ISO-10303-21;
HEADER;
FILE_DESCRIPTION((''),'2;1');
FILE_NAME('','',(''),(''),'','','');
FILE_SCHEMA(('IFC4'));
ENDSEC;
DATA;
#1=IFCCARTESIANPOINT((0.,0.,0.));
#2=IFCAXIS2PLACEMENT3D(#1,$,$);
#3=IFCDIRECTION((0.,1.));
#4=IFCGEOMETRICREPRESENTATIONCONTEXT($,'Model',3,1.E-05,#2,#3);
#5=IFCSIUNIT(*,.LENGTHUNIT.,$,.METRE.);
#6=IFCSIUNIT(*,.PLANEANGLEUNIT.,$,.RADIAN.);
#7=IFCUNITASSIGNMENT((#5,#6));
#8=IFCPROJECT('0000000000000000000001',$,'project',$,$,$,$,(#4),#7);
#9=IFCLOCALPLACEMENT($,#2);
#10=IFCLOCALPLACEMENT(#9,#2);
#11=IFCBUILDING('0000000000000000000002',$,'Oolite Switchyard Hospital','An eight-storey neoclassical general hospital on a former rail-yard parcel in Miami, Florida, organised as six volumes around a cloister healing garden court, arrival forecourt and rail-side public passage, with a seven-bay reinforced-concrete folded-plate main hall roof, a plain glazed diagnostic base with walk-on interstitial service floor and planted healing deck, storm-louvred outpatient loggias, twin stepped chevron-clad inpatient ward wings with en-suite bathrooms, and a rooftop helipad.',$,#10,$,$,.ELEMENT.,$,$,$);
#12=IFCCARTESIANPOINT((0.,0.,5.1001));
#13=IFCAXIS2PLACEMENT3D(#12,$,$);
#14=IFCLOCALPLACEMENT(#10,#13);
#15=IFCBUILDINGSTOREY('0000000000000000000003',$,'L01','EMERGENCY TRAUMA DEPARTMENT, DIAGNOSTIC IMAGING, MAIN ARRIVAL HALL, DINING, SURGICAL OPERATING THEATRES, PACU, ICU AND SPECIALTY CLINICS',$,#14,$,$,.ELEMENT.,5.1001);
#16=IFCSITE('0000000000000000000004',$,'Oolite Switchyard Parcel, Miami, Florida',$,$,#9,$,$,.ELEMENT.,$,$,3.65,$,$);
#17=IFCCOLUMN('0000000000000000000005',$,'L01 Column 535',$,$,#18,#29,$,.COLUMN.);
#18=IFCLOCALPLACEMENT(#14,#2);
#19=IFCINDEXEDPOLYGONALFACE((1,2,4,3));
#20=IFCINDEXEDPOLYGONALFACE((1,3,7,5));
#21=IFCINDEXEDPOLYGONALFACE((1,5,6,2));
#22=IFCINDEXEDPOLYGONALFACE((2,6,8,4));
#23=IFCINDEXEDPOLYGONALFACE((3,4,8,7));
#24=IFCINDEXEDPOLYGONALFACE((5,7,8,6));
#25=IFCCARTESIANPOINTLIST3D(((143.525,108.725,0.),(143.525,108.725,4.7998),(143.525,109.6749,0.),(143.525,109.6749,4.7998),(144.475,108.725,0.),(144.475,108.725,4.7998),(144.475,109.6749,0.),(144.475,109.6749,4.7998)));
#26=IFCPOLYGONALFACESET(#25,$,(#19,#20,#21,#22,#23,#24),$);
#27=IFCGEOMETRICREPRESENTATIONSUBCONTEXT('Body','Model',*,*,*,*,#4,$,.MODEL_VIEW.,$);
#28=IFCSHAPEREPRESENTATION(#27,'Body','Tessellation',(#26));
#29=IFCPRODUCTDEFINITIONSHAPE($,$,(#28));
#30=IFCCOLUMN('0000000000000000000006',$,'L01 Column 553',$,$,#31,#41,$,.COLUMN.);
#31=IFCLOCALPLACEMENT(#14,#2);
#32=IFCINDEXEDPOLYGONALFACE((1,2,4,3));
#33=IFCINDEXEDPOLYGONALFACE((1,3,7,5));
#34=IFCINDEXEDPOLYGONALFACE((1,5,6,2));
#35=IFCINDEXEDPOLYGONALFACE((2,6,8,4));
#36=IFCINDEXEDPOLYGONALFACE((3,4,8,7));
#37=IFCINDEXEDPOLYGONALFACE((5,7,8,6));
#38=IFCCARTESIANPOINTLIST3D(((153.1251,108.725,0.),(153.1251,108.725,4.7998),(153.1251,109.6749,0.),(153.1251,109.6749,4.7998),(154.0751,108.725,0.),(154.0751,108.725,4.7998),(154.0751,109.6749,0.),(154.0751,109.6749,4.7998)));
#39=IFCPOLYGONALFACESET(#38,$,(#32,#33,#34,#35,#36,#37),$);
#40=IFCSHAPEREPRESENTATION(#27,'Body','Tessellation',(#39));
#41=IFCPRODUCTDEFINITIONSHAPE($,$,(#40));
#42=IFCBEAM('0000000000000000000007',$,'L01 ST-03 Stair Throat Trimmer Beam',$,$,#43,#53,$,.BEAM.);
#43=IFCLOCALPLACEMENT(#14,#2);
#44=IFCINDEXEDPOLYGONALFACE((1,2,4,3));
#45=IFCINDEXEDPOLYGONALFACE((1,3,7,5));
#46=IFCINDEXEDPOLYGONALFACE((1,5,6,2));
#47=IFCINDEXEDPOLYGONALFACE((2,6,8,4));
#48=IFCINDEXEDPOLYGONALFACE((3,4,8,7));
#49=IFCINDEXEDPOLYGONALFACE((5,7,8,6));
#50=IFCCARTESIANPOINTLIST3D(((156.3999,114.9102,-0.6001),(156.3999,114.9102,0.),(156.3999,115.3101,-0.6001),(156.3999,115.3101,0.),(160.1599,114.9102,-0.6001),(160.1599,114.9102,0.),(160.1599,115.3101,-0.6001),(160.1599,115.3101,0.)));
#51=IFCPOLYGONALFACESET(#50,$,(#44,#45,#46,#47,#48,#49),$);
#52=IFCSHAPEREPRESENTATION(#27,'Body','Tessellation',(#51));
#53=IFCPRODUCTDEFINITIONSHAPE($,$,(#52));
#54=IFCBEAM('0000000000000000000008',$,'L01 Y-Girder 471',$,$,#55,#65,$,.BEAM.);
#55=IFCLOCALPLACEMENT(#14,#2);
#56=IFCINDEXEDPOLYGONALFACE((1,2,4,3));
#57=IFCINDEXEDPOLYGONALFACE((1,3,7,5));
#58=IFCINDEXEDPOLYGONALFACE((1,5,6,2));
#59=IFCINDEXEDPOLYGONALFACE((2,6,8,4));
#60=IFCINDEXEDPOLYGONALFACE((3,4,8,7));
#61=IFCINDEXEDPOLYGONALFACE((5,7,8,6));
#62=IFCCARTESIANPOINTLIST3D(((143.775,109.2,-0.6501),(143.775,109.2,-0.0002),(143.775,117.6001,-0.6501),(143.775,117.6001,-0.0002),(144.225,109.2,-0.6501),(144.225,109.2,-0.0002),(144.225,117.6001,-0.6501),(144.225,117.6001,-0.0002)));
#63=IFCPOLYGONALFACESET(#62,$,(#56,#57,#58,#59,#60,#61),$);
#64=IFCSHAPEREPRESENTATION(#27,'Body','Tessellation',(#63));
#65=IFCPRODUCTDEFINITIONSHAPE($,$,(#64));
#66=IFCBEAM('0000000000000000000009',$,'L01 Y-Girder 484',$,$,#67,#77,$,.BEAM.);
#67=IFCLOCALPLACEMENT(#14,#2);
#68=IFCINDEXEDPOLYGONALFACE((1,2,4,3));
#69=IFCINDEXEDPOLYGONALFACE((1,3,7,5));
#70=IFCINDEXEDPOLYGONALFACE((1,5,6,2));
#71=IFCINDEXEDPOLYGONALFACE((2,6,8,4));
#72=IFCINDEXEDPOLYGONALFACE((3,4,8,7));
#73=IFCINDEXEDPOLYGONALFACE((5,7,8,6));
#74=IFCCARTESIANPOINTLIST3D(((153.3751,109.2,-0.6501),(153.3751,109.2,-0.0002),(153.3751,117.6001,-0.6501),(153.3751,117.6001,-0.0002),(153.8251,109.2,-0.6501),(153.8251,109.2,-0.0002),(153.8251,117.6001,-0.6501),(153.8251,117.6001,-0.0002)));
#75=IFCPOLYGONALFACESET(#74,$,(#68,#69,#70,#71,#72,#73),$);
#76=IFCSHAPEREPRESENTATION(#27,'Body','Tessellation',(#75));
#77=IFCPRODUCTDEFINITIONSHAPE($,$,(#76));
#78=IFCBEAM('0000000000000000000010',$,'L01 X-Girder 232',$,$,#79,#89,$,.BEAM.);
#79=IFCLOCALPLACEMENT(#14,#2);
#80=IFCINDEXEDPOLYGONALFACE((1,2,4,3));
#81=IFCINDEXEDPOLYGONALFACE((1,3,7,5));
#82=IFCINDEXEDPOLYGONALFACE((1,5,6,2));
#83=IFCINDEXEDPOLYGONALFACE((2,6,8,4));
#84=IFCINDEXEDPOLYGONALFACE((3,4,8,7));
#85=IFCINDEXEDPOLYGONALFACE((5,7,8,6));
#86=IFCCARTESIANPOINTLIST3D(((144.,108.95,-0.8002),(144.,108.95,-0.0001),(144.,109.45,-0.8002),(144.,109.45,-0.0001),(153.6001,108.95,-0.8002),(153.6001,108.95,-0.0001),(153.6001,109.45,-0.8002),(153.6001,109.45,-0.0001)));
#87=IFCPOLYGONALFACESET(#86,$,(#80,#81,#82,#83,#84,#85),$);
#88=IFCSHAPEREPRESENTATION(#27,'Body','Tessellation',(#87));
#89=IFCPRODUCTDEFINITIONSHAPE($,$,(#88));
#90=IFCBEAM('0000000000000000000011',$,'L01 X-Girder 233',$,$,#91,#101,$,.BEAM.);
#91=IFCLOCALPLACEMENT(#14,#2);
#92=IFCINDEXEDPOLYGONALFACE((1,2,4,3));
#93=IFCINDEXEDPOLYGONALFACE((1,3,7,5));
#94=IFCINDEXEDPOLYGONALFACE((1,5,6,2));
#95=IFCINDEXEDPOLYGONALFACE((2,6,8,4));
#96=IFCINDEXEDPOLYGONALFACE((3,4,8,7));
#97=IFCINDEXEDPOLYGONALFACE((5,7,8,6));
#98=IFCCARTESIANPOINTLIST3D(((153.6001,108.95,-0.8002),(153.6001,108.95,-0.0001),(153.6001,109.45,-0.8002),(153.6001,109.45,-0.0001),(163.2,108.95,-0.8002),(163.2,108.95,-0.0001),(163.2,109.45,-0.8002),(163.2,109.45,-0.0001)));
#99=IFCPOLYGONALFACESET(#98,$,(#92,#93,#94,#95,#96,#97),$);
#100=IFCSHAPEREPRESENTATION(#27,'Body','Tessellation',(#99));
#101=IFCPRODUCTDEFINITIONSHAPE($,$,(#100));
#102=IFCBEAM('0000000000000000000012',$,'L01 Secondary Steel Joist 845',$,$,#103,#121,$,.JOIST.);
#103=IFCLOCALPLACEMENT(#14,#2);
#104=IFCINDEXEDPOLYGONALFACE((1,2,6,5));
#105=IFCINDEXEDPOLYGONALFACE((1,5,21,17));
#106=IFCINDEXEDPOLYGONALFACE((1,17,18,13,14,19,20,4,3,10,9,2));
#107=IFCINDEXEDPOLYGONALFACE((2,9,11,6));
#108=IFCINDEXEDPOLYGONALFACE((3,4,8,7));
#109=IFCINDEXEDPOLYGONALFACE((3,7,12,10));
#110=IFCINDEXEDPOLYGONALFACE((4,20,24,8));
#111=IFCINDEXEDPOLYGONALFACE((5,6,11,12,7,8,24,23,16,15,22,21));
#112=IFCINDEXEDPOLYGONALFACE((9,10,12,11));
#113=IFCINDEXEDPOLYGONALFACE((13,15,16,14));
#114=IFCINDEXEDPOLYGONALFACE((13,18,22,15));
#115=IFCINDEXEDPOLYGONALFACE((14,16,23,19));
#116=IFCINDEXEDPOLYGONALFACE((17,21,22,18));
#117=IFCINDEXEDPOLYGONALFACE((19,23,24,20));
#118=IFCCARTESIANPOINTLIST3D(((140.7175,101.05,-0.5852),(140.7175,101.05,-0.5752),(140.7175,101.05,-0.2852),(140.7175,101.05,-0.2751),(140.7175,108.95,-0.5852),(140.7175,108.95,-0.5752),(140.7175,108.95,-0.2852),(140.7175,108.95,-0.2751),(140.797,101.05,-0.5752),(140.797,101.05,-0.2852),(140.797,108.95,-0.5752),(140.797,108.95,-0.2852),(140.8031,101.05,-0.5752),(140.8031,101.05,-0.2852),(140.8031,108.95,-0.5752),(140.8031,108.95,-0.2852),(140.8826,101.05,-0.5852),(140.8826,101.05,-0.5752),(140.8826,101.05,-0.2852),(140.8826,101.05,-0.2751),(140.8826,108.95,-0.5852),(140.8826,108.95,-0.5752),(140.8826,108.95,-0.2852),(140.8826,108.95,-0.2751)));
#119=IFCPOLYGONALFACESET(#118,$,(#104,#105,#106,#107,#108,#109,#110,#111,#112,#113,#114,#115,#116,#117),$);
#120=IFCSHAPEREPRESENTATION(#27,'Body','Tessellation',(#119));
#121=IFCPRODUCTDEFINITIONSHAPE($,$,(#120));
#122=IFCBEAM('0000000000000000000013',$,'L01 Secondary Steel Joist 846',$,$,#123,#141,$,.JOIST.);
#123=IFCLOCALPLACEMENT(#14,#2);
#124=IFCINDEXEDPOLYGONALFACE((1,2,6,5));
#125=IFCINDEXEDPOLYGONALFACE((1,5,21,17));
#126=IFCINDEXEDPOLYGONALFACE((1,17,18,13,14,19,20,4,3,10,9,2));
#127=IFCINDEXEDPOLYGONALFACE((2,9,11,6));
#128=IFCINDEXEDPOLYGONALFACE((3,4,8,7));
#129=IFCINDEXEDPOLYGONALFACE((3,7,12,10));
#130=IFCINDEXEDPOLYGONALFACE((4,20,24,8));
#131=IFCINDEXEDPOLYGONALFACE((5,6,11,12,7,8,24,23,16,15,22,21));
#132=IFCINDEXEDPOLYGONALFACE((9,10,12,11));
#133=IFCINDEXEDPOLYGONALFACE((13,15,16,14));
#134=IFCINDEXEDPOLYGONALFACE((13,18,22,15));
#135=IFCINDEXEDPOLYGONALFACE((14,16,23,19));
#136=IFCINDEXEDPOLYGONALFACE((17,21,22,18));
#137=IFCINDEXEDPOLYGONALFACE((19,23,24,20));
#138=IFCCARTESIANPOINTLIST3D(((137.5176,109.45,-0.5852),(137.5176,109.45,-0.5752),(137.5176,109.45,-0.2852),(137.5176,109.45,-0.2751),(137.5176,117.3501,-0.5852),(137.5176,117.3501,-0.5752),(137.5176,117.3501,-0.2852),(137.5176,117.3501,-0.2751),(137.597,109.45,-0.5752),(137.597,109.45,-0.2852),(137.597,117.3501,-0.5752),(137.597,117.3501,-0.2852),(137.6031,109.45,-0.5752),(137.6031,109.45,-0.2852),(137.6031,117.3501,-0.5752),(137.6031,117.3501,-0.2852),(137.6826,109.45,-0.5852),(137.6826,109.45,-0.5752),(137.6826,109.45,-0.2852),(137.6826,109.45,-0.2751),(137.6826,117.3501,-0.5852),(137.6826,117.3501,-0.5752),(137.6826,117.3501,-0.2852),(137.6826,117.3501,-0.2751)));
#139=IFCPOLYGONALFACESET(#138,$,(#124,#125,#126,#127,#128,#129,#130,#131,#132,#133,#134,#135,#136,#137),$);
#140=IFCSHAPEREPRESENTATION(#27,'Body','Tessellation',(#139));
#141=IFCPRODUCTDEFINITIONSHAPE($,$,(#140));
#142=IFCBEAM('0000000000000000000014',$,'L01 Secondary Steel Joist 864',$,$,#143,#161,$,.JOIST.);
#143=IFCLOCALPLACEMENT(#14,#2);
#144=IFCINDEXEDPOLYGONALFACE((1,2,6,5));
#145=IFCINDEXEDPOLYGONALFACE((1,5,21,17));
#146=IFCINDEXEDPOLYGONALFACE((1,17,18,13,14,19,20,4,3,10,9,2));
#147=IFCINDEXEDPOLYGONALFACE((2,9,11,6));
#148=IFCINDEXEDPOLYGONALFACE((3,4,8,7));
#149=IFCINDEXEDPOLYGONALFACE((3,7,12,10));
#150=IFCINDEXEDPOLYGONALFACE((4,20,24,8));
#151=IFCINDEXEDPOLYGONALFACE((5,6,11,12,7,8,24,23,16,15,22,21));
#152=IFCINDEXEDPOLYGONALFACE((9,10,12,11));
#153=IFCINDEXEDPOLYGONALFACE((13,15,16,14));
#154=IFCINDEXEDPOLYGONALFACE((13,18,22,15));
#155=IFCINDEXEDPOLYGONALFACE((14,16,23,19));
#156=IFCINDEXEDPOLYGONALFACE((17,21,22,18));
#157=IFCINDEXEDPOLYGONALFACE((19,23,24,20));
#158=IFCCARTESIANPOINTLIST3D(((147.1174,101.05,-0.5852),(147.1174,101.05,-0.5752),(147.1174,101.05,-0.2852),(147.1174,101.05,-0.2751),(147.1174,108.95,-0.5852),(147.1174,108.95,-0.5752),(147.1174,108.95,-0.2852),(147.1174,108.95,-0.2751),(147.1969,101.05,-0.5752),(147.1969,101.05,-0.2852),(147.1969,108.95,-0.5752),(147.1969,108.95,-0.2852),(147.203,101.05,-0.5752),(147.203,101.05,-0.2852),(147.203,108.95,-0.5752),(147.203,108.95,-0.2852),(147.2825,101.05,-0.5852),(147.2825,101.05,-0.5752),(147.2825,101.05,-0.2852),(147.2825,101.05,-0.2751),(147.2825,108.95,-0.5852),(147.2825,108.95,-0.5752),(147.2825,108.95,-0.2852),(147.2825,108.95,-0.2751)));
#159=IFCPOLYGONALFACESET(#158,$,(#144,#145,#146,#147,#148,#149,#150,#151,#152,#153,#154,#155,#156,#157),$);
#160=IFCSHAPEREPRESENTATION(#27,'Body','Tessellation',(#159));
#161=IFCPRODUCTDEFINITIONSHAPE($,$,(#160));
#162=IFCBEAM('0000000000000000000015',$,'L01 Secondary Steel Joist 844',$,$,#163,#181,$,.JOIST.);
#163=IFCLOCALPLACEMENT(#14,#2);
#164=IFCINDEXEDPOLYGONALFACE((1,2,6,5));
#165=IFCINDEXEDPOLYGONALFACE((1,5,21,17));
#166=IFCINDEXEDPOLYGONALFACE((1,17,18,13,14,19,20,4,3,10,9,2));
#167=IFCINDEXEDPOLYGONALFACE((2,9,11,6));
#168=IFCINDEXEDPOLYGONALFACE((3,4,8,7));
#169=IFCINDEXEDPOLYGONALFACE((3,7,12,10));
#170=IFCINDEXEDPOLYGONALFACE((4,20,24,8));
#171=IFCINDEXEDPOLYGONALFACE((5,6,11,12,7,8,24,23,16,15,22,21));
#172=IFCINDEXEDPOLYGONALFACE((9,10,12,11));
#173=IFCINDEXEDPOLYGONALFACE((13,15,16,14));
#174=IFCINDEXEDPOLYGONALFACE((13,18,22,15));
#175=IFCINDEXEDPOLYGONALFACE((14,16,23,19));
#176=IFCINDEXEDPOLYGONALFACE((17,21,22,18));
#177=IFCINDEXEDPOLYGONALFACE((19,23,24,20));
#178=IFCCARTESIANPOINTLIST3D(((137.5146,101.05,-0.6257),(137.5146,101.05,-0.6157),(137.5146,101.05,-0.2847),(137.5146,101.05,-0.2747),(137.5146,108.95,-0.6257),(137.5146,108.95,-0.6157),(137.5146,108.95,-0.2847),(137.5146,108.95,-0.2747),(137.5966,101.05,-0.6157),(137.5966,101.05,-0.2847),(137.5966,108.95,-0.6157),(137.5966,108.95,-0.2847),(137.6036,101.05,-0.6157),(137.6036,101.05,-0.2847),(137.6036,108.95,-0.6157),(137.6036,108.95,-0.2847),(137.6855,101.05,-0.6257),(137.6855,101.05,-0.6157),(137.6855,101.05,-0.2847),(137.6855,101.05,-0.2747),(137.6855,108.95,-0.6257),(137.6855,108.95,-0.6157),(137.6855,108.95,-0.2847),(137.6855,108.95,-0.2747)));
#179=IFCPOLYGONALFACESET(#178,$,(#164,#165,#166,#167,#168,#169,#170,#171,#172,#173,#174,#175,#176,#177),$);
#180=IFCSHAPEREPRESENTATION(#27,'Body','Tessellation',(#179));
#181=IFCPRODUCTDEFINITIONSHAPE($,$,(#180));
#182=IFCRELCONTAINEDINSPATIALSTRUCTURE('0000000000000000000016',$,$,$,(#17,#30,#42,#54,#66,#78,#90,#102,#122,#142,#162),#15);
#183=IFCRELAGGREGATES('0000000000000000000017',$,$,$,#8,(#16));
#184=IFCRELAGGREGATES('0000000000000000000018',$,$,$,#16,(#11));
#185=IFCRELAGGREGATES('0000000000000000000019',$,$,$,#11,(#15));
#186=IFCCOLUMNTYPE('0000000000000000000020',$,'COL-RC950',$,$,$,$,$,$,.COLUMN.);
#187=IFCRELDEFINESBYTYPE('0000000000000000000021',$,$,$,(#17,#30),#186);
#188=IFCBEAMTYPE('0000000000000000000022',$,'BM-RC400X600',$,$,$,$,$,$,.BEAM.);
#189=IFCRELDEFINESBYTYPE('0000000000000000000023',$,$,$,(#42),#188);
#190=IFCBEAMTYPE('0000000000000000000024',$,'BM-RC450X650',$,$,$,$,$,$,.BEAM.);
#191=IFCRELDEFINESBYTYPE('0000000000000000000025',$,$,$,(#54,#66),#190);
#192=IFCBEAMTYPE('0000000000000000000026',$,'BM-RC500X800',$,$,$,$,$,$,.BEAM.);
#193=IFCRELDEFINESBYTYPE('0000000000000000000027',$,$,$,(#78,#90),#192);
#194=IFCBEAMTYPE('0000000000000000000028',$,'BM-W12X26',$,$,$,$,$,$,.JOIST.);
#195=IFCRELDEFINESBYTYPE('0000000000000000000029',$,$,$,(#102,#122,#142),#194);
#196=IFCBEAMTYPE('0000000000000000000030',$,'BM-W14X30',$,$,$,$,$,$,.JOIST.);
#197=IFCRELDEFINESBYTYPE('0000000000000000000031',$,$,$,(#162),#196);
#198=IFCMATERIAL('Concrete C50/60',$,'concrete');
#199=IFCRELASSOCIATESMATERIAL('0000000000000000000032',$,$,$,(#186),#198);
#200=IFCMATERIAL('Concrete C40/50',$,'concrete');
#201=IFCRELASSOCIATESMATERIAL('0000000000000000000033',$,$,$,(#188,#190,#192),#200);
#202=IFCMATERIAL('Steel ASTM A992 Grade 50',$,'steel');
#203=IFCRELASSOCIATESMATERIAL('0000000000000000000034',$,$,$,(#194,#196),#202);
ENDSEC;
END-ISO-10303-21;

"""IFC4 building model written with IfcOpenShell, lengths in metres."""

from ifc_helpers import new_model, si_unit, direction, frame, origin, origin_2d, place, context, subcontext, project, spatial, rectangle, i_section, extrude, material, material_profile, profile_set, type_object, element, save


model = new_model("IFC4")

# Units and contexts
model_context = context("Model", 3, precision=1e-05, world=origin(), true_north=direction((0.0, 1.0)))
body_context = subcontext(model_context, "Body", "Model", "MODEL_VIEW")
ifc_project = project(units=[si_unit("LENGTHUNIT", "METRE"), si_unit("PLANEANGLEUNIT", "RADIAN")], contexts=[model_context])

# Site, building, storey
site_placement = place(None, origin())
site = spatial("IfcSite", under=ifc_project, at=site_placement, Name="Oolite Switchyard Parcel, Miami, Florida", CompositionType="ELEMENT", RefElevation=3.65)
building_placement = place(site_placement, origin())
building = spatial("IfcBuilding", under=site, at=building_placement, Name="Oolite Switchyard Hospital", Description="An eight-storey neoclassical general hospital on a former rail-yard parcel in Miami, Florida, organised as six volumes around a cloister healing garden court, arrival forecourt and rail-side public passage, with a seven-bay reinforced-concrete folded-plate main hall roof, a plain glazed diagnostic base with walk-on interstitial service floor and planted healing deck, storm-louvred outpatient loggias, twin stepped chevron-clad inpatient ward wings with en-suite bathrooms, and a rooftop helipad.", CompositionType="ELEMENT")
storey_placement = place(building_placement, frame((0.0, 0.0, 5.1001)))
storey = spatial("IfcBuildingStorey", under=building, at=storey_placement, Name="L01", Description="EMERGENCY TRAUMA DEPARTMENT, DIAGNOSTIC IMAGING, MAIN ARRIVAL HALL, DINING, SURGICAL OPERATING THEATRES, PACU, ICU AND SPECIALTY CLINICS", CompositionType="ELEMENT", Elevation=5.1001)

# Columns
ifc_material_1 = material(Name="Concrete C50/60", Category="concrete")
ifc_material_profile_1 = material_profile(ifc_material_1, rectangle(XDim=0.95, YDim=0.95, at=origin_2d()), Name="RC950X950")
ifc_profile_set_1 = profile_set([ifc_material_profile_1], Name="Concrete C50/60")
column_type = type_object("IfcColumnType", Name="COL-RC950", PredefinedType="COLUMN", material=ifc_profile_set_1)
for number, where, z_axis, x_axis, name in (
    (1, (144.0, 109.2, 0.0), (0.0, 0.0, 1.0), (1.0, 0.0, 0.0), "L01 Column 535"),
    (2, (153.6001, 109.2, 0.0), (0.0, 0.0, 1.0), (1.0, 0.0, 0.0), "L01 Column 553"),
):
    element("IfcColumn", number, at=place(storey_placement, frame(where, z_axis=z_axis, x_axis=x_axis)), inside=storey, type_object=column_type, Name=name, PredefinedType="COLUMN", context=body_context, shape_type="SweptSolid", body=[
        extrude(rectangle(XDim=0.95, YDim=0.95, at=origin_2d()), origin(), (0.0, 0.0, 1.0), 4.7998),
    ])

# Beams
ifc_material_2 = material(Name="Concrete C40/50", Category="concrete")
ifc_material_profile_2 = material_profile(ifc_material_2, rectangle(XDim=0.3999, YDim=0.6001, at=origin_2d()), Name="RCB400X600")
ifc_profile_set_2 = profile_set([ifc_material_profile_2], Name="Concrete C40/50")
beam_type_1 = type_object("IfcBeamType", Name="BM-RC400X600", PredefinedType="BEAM", material=ifc_profile_set_2)
beam_1_placement = place(storey_placement, frame((156.3999, 115.1101, -0.3), z_axis=(1.0, 0.0, 0.0), x_axis=(0.0, 1.0, 0.0)))
element("IfcBeam", 3, at=beam_1_placement, inside=storey, type_object=beam_type_1, Name="L01 ST-03 Stair Throat Trimmer Beam", PredefinedType="BEAM", context=body_context, shape_type="SweptSolid", body=[
    extrude(rectangle(XDim=0.3999, YDim=0.6001, at=origin_2d()), origin(), (0.0, 0.0, 1.0), 3.76),
])
ifc_material_profile_3 = material_profile(ifc_material_2, rectangle(XDim=0.45, YDim=0.6499, at=origin_2d()), Name="RCB450X650")
ifc_profile_set_3 = profile_set([ifc_material_profile_3], Name="Concrete C40/50")
beam_type_2 = type_object("IfcBeamType", Name="BM-RC450X650", PredefinedType="BEAM", material=ifc_profile_set_3)
for number, where, z_axis, x_axis, name in (
    (4, (144.0, 109.2, -0.3252), (0.0, 1.0, 0.0), (-1.0, 0.0, 0.0), "L01 Y-Girder 471"),
    (5, (153.6001, 109.2, -0.3252), (0.0, 1.0, 0.0), (-1.0, 0.0, 0.0), "L01 Y-Girder 484"),
):
    element("IfcBeam", number, at=place(storey_placement, frame(where, z_axis=z_axis, x_axis=x_axis)), inside=storey, type_object=beam_type_2, Name=name, PredefinedType="BEAM", context=body_context, shape_type="SweptSolid", body=[
        extrude(rectangle(XDim=0.45, YDim=0.6499, at=origin_2d()), origin(), (0.0, 0.0, 1.0), 8.4001),
    ])
ifc_material_profile_4 = material_profile(ifc_material_2, rectangle(XDim=0.5, YDim=0.8, at=origin_2d()), Name="RCB500X800")
ifc_profile_set_4 = profile_set([ifc_material_profile_4], Name="Concrete C40/50")
beam_type_3 = type_object("IfcBeamType", Name="BM-RC500X800", PredefinedType="BEAM", material=ifc_profile_set_4)
beam_2_placement = place(storey_placement, frame((144.0, 109.2, -0.4001), z_axis=(1.0, 0.0, 0.0), x_axis=(0.0, 1.0, 0.0)))
element("IfcBeam", 6, at=beam_2_placement, inside=storey, type_object=beam_type_3, Name="L01 X-Girder 232", PredefinedType="BEAM", context=body_context, shape_type="SweptSolid", body=[
    extrude(rectangle(XDim=0.5, YDim=0.8, at=origin_2d()), origin(), (0.0, 0.0, 1.0), 9.6001),
])
beam_3_placement = place(storey_placement, frame((153.6001, 109.2, -0.4001), z_axis=(1.0, 0.0, 0.0), x_axis=(0.0, 1.0, 0.0)))
element("IfcBeam", 7, at=beam_3_placement, inside=storey, type_object=beam_type_3, Name="L01 X-Girder 233", PredefinedType="BEAM", context=body_context, shape_type="SweptSolid", body=[
    extrude(rectangle(XDim=0.5, YDim=0.8, at=origin_2d()), origin(), (0.0, 0.0, 1.0), 9.5999),
])
ifc_material_3 = material(Name="Steel ASTM A992 Grade 50", Category="steel")
ifc_material_profile_5 = material_profile(ifc_material_3, i_section(OverallWidth=0.165, OverallDepth=0.3101, WebThickness=0.0061, FlangeThickness=0.01, at=origin_2d()), Name="W12X26")
ifc_profile_set_5 = profile_set([ifc_material_profile_5], Name="Steel ASTM A992 Grade 50")
beam_type_4 = type_object("IfcBeamType", Name="BM-W12X26", PredefinedType="JOIST", material=ifc_profile_set_5)
beam_4_placement = place(storey_placement, frame((140.8, 101.05, -0.4302), z_axis=(0.0, 1.0, 0.0), x_axis=(-1.0, 0.0, 0.0)))
element("IfcBeam", 8, at=beam_4_placement, inside=storey, type_object=beam_type_4, Name="L01 Secondary Steel Joist 845", PredefinedType="JOIST", context=body_context, shape_type="SweptSolid", body=[
    extrude(i_section(OverallWidth=0.165, OverallDepth=0.3101, WebThickness=0.0061, FlangeThickness=0.01, at=origin_2d()), origin(), (0.0, 0.0, 1.0), 7.8999),
])
beam_5_placement = place(storey_placement, frame((137.6001, 109.45, -0.4302), z_axis=(0.0, 1.0, 0.0), x_axis=(-1.0, 0.0, 0.0)))
element("IfcBeam", 9, at=beam_5_placement, inside=storey, type_object=beam_type_4, Name="L01 Secondary Steel Joist 846", PredefinedType="JOIST", context=body_context, shape_type="SweptSolid", body=[
    extrude(i_section(OverallWidth=0.165, OverallDepth=0.3101, WebThickness=0.0061, FlangeThickness=0.01, at=origin_2d()), origin(), (0.0, 0.0, 1.0), 7.9001),
])
beam_6_placement = place(storey_placement, frame((147.2, 101.05, -0.4302), z_axis=(0.0, 1.0, 0.0), x_axis=(-1.0, 0.0, 0.0)))
element("IfcBeam", 10, at=beam_6_placement, inside=storey, type_object=beam_type_4, Name="L01 Secondary Steel Joist 864", PredefinedType="JOIST", context=body_context, shape_type="SweptSolid", body=[
    extrude(i_section(OverallWidth=0.165, OverallDepth=0.3101, WebThickness=0.0061, FlangeThickness=0.01, at=origin_2d()), origin(), (0.0, 0.0, 1.0), 7.8999),
])
ifc_material_profile_6 = material_profile(ifc_material_3, i_section(OverallWidth=0.1709, OverallDepth=0.3511, WebThickness=0.0071, FlangeThickness=0.01, at=origin_2d()), Name="W14X30")
ifc_profile_set_6 = profile_set([ifc_material_profile_6], Name="Steel ASTM A992 Grade 50")
beam_type_5 = type_object("IfcBeamType", Name="BM-W14X30", PredefinedType="JOIST", material=ifc_profile_set_6)
beam_7_placement = place(storey_placement, frame((137.6001, 101.05, -0.4502), z_axis=(0.0, 1.0, 0.0), x_axis=(-1.0, 0.0, 0.0)))
element("IfcBeam", 11, at=beam_7_placement, inside=storey, type_object=beam_type_5, Name="L01 Secondary Steel Joist 844", PredefinedType="JOIST", context=body_context, shape_type="SweptSolid", body=[
    extrude(i_section(OverallWidth=0.1709, OverallDepth=0.3511, WebThickness=0.0071, FlangeThickness=0.01, at=origin_2d()), origin(), (0.0, 0.0, 1.0), 7.8999),
])

save(model, "model.ifc")
